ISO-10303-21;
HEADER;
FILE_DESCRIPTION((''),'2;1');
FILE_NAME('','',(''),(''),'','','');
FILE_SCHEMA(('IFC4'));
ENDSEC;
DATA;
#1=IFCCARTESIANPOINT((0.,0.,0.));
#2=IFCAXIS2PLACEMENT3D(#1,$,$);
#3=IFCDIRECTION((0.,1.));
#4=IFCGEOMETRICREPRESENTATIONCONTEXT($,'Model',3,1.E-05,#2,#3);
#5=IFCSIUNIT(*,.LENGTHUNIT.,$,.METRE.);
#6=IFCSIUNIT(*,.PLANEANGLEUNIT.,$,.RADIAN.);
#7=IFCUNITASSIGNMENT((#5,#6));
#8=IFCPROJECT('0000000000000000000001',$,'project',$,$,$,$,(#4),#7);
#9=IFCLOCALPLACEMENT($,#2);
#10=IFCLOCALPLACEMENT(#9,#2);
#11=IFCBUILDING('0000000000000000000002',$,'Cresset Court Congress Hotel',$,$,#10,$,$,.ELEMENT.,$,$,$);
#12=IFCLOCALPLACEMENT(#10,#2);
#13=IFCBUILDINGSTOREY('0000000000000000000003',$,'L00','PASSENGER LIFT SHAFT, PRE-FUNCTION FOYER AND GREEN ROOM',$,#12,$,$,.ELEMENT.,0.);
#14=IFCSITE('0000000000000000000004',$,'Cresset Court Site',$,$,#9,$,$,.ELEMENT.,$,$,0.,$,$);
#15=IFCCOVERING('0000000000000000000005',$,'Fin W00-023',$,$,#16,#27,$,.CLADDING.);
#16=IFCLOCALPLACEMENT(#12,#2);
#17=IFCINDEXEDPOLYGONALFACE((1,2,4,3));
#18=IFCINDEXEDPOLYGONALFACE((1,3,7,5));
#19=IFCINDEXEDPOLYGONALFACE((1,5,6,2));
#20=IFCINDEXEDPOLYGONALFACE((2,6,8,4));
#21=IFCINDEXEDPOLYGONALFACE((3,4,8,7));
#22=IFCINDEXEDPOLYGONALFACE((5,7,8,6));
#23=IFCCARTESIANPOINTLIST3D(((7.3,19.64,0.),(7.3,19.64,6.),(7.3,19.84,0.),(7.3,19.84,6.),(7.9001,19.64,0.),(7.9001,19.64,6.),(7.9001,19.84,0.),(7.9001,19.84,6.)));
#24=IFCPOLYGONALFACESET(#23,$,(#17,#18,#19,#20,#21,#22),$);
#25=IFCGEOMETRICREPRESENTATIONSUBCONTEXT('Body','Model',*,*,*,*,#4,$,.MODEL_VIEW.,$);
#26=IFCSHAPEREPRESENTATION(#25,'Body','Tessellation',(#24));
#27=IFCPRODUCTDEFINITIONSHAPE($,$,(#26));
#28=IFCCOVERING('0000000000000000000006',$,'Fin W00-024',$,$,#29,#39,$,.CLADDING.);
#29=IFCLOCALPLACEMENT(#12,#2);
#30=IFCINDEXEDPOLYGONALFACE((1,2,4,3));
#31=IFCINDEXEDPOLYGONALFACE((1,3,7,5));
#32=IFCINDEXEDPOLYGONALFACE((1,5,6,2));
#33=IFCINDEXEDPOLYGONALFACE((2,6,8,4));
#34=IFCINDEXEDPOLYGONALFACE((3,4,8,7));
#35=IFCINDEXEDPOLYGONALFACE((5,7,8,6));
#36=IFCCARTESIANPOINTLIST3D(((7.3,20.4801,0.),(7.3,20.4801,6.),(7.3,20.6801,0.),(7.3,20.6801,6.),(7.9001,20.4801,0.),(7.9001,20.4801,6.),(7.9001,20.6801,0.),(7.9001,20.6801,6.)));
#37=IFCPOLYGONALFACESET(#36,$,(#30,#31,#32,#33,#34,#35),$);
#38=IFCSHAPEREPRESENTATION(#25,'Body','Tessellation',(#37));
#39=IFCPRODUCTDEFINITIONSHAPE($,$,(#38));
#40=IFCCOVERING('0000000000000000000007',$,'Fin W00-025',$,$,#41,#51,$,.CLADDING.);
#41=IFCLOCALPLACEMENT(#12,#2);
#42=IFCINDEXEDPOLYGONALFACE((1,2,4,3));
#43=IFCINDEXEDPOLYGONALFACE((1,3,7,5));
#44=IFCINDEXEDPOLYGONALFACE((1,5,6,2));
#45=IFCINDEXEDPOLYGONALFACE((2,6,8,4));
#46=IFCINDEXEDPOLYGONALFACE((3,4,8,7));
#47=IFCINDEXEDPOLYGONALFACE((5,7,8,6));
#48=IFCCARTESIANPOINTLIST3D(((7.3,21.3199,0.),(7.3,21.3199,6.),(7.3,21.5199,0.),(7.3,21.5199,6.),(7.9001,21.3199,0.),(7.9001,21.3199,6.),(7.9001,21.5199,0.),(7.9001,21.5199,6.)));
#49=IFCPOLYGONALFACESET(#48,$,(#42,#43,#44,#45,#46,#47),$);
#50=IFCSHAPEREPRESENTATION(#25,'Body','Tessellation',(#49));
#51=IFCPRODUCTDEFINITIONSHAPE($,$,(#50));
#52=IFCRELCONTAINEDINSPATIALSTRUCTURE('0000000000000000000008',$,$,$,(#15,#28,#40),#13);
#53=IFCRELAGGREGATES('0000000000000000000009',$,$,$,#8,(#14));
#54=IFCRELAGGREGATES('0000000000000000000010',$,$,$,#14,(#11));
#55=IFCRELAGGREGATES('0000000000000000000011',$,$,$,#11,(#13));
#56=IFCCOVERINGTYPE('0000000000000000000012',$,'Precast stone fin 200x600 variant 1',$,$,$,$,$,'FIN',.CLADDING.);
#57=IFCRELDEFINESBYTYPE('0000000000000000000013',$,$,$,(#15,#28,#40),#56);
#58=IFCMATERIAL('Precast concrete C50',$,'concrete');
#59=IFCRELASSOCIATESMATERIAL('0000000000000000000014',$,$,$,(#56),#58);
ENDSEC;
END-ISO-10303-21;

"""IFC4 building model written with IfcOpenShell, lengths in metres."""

from ifc_helpers import new_model, si_unit, direction, frame, origin, origin_2d, place, context, subcontext, project, spatial, rectangle, extrude, material, type_object, element, save


model = new_model("IFC4")

# Units and contexts
model_context = context("Model", 3, precision=1e-05, world=origin(), true_north=direction((0.0, 1.0)))
body_context = subcontext(model_context, "Body", "Model", "MODEL_VIEW")
ifc_project = project(units=[si_unit("LENGTHUNIT", "METRE"), si_unit("PLANEANGLEUNIT", "RADIAN")], contexts=[model_context])

# Site, building, storey
site_placement = place(None, origin())
site = spatial("IfcSite", under=ifc_project, at=site_placement, Name="Cresset Court Site", CompositionType="ELEMENT", RefElevation=0.0)
building_placement = place(site_placement, origin())
building = spatial("IfcBuilding", under=site, at=building_placement, Name="Cresset Court Congress Hotel", CompositionType="ELEMENT")
storey_placement = place(building_placement, origin())
storey = spatial("IfcBuildingStorey", under=building, at=storey_placement, Name="L00", Description="PASSENGER LIFT SHAFT, PRE-FUNCTION FOYER AND GREEN ROOM", CompositionType="ELEMENT", Elevation=0.0)

# Coverings
ifc_material_1 = material(Name="Precast concrete C50", Category="concrete")
covering_type = type_object("IfcCoveringType", Name="Precast stone fin 200x600 variant 1", ElementType="FIN", PredefinedType="CLADDING", material=ifc_material_1)
for number, where, z_axis, x_axis, name in (
    (1, (7.6001, 19.74, 0.0), (0.0, 0.0, 1.0), (1.0, 0.0, 0.0), "Fin W00-023"),
    (2, (7.6001, 20.5801, 0.0), (0.0, 0.0, 1.0), (1.0, 0.0, 0.0), "Fin W00-024"),
    (3, (7.6001, 21.4199, 0.0), (0.0, 0.0, 1.0), (1.0, 0.0, 0.0), "Fin W00-025"),
):
    element("IfcCovering", number, at=place(storey_placement, frame(where, z_axis=z_axis, x_axis=x_axis)), inside=storey, type_object=covering_type, Name=name, PredefinedType="CLADDING", context=body_context, shape_type="SweptSolid", body=[
        extrude(rectangle(XDim=0.6001, YDim=0.2, at=origin_2d()), origin(), (0.0, 0.0, 1.0), 6.0),
    ])

save(model, "model.ifc")
